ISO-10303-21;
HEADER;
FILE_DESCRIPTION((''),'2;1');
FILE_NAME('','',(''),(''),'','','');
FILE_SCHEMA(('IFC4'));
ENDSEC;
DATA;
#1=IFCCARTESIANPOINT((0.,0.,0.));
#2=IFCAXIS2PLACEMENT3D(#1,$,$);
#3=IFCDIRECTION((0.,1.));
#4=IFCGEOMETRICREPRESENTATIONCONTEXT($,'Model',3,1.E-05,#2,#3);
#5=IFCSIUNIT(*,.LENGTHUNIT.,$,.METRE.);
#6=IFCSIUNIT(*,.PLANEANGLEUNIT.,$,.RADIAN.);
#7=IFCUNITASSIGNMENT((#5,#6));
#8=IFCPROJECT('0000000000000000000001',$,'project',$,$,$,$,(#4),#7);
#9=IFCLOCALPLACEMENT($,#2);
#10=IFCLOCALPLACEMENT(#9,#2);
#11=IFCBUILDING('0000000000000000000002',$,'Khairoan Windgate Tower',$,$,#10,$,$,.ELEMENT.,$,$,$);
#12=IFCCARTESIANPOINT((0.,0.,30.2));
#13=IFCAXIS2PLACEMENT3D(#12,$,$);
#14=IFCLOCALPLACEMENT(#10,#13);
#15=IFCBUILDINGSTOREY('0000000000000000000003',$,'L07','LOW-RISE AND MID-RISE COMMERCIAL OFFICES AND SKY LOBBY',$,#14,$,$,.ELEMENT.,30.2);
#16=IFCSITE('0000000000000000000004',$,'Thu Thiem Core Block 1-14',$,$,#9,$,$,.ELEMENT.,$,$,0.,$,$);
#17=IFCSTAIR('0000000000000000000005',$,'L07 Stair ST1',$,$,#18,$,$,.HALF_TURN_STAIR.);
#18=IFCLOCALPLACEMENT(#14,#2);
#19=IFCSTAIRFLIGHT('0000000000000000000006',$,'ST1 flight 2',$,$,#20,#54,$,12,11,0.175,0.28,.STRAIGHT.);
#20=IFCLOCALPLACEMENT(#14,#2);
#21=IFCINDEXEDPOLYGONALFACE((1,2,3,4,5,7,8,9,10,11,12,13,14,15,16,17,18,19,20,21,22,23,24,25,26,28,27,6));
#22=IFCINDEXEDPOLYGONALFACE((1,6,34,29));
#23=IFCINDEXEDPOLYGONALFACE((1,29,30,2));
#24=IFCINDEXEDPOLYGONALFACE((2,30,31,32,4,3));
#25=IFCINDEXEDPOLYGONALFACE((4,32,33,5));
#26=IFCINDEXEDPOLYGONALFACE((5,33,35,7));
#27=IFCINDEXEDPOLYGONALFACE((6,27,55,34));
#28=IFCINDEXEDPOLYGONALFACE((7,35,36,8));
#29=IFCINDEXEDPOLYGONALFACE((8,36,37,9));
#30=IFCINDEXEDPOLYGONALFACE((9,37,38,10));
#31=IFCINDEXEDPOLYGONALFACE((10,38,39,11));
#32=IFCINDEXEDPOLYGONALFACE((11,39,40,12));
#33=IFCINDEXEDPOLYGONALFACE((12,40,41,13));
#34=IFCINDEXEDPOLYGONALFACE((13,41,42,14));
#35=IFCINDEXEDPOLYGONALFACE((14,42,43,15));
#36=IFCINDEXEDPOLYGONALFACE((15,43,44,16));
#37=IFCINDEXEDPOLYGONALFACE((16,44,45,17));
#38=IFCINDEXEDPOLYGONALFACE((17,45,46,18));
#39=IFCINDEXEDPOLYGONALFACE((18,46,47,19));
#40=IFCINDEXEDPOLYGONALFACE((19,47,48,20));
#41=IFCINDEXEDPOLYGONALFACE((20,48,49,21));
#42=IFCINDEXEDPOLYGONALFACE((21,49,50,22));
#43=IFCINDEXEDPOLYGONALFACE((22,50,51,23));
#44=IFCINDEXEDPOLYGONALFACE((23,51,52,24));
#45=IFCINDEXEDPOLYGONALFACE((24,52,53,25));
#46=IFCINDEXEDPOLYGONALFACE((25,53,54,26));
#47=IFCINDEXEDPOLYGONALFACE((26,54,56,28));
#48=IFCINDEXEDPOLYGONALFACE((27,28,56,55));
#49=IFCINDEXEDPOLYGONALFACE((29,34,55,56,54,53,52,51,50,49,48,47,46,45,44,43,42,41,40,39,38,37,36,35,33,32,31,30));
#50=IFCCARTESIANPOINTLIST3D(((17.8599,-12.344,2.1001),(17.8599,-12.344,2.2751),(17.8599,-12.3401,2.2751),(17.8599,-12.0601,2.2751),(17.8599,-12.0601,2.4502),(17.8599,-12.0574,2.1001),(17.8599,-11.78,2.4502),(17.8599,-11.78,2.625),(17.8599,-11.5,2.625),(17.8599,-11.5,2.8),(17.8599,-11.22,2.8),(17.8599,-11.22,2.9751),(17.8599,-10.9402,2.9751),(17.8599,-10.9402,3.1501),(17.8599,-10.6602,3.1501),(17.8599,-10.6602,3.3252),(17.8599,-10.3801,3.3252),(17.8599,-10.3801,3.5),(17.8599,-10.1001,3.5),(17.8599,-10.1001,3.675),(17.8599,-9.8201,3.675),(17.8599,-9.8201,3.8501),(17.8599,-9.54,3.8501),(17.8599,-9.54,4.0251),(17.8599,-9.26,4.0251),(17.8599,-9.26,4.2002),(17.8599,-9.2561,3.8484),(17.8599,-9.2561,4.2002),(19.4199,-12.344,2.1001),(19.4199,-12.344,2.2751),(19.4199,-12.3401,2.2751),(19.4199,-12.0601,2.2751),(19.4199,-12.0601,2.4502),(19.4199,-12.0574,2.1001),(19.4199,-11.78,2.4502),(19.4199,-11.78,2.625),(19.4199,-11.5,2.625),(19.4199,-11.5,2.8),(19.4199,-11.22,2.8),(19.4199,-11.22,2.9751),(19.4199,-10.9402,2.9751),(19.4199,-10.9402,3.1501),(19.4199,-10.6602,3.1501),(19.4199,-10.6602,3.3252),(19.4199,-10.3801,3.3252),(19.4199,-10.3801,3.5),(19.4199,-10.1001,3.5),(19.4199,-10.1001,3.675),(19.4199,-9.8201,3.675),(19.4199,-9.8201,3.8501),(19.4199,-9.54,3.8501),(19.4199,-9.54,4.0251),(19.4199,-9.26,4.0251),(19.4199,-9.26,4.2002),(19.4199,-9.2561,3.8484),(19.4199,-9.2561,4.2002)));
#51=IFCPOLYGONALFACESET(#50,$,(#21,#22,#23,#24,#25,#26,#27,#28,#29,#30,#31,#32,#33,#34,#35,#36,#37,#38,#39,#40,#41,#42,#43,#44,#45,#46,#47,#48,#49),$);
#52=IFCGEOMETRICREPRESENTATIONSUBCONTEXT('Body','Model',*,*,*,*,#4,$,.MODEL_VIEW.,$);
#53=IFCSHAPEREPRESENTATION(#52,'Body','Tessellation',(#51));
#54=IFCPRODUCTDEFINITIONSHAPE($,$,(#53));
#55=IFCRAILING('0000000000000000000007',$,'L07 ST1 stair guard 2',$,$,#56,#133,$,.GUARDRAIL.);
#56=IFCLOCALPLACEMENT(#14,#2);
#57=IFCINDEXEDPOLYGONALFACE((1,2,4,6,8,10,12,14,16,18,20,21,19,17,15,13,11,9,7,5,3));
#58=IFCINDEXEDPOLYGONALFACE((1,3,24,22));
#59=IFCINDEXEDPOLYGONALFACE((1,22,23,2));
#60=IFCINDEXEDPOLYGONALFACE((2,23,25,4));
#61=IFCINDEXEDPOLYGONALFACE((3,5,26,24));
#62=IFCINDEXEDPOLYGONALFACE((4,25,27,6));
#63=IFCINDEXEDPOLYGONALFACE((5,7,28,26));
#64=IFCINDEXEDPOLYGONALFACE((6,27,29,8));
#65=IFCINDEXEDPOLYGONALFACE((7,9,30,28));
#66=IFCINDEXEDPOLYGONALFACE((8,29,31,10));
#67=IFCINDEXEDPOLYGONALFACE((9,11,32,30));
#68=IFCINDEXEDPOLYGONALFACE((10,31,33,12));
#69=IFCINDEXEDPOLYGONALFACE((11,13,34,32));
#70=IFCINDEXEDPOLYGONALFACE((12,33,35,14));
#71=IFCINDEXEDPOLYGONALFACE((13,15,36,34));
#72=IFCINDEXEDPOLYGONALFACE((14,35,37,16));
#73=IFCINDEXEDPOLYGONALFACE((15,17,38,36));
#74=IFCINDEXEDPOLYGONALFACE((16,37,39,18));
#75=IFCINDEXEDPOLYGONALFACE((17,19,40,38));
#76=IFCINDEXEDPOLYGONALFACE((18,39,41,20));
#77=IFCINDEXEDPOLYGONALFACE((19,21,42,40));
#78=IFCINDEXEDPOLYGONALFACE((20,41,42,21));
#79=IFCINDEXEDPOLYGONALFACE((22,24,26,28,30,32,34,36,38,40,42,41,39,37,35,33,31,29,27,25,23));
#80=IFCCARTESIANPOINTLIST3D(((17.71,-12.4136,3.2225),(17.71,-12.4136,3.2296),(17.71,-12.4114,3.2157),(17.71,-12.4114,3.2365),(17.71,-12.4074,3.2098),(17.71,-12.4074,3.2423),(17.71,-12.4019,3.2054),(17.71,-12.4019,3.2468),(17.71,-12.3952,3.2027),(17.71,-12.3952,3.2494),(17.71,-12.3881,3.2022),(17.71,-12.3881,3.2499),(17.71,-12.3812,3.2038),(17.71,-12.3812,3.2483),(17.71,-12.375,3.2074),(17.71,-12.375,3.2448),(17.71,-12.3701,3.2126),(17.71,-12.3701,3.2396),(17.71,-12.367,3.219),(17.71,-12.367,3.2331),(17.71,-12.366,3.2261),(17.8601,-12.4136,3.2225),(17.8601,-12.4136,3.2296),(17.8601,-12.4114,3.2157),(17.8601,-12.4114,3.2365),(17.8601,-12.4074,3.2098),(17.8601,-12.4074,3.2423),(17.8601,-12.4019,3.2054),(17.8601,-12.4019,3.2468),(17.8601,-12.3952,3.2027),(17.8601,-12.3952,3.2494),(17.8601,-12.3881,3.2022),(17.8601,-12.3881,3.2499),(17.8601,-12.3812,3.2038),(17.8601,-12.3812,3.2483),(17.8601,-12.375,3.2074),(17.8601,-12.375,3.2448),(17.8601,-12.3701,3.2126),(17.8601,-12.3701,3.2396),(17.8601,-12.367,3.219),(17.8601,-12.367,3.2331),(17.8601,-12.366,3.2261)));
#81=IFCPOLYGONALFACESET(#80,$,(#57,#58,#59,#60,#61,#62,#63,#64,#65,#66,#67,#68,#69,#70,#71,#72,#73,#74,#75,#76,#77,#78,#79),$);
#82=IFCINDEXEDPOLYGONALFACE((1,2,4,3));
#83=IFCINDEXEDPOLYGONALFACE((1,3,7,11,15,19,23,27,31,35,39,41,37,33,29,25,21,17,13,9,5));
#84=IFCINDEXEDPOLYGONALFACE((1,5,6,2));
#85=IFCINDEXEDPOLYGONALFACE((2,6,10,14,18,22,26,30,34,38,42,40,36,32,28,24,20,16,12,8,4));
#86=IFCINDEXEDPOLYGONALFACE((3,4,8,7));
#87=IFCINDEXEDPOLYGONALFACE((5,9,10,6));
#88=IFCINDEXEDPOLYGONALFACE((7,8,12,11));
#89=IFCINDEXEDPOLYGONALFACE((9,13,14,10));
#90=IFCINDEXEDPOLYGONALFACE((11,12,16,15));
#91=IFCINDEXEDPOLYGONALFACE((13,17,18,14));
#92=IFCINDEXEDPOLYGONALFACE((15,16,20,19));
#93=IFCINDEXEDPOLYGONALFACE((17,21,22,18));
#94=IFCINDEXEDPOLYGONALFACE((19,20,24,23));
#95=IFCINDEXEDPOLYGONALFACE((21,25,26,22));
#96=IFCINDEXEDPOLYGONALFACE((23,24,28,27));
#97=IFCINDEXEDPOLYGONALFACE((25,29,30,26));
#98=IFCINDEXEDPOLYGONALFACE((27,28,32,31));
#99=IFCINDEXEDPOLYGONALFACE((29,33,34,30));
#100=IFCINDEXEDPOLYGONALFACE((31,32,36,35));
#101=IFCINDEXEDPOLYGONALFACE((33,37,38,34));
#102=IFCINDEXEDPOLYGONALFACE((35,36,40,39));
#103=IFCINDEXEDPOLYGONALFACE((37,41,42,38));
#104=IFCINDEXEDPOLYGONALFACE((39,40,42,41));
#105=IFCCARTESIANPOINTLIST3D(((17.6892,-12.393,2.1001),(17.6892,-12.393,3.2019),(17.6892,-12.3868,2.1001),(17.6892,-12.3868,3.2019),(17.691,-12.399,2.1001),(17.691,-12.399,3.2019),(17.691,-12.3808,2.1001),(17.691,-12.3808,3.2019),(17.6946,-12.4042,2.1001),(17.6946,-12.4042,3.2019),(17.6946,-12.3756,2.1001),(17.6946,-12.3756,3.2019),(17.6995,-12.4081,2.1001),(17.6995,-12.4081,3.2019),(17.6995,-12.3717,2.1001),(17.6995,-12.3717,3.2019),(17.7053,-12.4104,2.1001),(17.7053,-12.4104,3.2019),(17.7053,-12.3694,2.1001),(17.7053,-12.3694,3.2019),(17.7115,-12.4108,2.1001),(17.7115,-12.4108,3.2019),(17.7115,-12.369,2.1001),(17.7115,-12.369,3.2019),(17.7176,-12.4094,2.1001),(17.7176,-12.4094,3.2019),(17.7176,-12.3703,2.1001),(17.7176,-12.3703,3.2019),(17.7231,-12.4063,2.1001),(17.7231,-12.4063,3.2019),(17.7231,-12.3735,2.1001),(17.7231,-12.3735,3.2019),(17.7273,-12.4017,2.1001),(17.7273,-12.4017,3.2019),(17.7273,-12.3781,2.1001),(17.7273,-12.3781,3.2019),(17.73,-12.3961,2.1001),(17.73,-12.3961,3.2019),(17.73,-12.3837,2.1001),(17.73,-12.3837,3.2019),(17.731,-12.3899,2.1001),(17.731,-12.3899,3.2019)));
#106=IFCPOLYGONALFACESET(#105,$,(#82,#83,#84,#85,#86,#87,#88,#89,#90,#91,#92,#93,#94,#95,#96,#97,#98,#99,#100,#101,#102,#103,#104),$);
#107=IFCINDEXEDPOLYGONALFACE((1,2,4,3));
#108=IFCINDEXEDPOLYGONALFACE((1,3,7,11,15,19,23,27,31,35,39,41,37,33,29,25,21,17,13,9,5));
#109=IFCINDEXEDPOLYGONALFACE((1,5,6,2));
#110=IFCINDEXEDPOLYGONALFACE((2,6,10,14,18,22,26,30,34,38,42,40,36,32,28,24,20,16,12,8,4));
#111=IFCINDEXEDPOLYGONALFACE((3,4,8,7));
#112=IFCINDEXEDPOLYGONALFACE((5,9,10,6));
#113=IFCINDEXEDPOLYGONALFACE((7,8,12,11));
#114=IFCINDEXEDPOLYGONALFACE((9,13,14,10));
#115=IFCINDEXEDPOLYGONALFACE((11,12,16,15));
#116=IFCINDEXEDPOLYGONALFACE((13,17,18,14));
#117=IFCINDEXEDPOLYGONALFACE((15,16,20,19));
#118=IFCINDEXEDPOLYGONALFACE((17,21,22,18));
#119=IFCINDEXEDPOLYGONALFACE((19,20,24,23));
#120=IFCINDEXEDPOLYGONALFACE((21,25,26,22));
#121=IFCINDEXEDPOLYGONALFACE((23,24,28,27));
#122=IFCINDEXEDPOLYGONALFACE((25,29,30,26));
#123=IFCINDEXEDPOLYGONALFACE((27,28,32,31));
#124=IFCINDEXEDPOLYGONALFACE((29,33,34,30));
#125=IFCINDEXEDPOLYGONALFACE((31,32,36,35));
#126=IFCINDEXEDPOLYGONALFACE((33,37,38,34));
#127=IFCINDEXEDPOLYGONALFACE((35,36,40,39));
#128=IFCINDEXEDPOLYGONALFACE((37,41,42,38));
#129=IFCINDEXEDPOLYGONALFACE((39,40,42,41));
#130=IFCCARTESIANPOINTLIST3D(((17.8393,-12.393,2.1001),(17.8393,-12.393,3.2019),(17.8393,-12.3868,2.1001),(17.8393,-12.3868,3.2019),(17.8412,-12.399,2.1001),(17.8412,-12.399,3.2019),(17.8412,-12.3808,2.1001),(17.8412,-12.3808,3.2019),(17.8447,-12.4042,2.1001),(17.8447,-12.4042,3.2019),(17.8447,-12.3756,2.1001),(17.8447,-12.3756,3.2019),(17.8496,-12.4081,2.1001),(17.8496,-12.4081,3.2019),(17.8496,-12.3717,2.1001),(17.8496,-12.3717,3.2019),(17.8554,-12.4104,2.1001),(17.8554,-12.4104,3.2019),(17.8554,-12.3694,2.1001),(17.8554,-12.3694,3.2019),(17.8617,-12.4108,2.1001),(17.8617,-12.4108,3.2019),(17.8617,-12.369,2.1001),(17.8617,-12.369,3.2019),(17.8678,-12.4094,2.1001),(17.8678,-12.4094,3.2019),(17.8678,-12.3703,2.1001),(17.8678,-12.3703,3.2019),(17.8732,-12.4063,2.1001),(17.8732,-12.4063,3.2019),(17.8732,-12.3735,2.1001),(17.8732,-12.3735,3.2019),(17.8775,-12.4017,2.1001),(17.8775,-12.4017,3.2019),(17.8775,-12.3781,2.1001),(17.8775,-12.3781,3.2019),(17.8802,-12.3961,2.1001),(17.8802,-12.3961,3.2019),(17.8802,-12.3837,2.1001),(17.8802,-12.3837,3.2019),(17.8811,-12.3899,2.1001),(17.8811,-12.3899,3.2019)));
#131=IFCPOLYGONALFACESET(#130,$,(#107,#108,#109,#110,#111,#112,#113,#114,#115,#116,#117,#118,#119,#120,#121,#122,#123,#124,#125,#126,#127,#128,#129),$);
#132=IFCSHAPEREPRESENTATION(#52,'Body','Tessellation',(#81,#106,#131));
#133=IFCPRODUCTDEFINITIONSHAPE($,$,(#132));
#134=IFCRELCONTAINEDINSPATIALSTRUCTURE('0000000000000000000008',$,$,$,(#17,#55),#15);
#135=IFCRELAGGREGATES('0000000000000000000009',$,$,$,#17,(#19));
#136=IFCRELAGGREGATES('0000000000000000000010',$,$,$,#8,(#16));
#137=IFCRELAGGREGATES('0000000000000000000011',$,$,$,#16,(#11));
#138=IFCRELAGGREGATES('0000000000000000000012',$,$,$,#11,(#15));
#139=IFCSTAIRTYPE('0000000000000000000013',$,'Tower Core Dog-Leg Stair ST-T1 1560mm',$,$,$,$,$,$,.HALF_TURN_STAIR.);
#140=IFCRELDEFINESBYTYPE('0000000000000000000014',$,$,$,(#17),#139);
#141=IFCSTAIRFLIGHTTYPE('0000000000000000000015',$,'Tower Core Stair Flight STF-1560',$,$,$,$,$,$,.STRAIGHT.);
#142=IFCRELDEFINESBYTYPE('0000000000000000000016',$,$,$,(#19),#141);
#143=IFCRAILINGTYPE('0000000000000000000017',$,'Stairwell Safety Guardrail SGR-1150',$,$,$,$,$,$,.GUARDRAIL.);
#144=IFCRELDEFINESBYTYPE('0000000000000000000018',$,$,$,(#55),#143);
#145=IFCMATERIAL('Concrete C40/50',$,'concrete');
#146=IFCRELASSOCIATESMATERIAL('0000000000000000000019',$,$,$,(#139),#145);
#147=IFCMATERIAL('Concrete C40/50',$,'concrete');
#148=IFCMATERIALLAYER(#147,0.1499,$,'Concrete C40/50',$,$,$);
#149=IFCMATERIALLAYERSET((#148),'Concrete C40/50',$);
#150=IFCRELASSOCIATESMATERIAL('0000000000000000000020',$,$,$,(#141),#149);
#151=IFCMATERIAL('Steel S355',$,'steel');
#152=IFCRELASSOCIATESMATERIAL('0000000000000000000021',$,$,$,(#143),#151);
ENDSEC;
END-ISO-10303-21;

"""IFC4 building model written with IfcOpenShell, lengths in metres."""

from ifc_helpers import new_model, si_unit, direction, frame, origin, origin_2d, place, context, subcontext, project, spatial, polyline, circle, outline, extrude, material, layer, layer_set, type_object, element, aggregate, save


model = new_model("IFC4")

# Units and contexts
model_context = context("Model", 3, precision=1e-05, world=origin(), true_north=direction((0.0, 1.0)))
body_context = subcontext(model_context, "Body", "Model", "MODEL_VIEW")
ifc_project = project(units=[si_unit("LENGTHUNIT", "METRE"), si_unit("PLANEANGLEUNIT", "RADIAN")], contexts=[model_context])

# Site, building, storey
site_placement = place(None, origin())
site = spatial("IfcSite", under=ifc_project, at=site_placement, Name="Thu Thiem Core Block 1-14", CompositionType="ELEMENT", RefElevation=0.0)
building_placement = place(site_placement, origin())
building = spatial("IfcBuilding", under=site, at=building_placement, Name="Khairoan Windgate Tower", CompositionType="ELEMENT")
storey_placement = place(building_placement, frame((0.0, 0.0, 30.2)))
storey = spatial("IfcBuildingStorey", under=building, at=storey_placement, Name="L07", Description="LOW-RISE AND MID-RISE COMMERCIAL OFFICES AND SKY LOBBY", CompositionType="ELEMENT", Elevation=30.2)

# Stair, stair flight
ifc_material_1 = material(Name="Concrete C40/50", Category="concrete")
stair_type = type_object("IfcStairType", Name="Tower Core Dog-Leg Stair ST-T1 1560mm", PredefinedType="HALF_TURN_STAIR", material=ifc_material_1)
stair_placement = place(storey_placement, origin())
stair = element("IfcStair", 1, at=stair_placement, inside=storey, type_object=stair_type, Name="L07 Stair ST1", PredefinedType="HALF_TURN_STAIR")
ifc_material_2 = material(Name="Concrete C40/50", Category="concrete")
ifc_layer_1 = layer(ifc_material_2, 0.1499, Name="Concrete C40/50")
ifc_layer_set_1 = layer_set([ifc_layer_1], Name="Concrete C40/50")
stair_flight_type = type_object("IfcStairFlightType", Name="Tower Core Stair Flight STF-1560", PredefinedType="STRAIGHT", material=ifc_layer_set_1)
stair_flight_placement = place(storey_placement, frame((18.6399, -12.3401, 2.1001), z_axis=(0.0, 0.0, 1.0), x_axis=(0.0, 1.0, 0.0)))
stair_flight = element("IfcStairFlight", 2, at=stair_flight_placement, type_object=stair_flight_type, Name="ST1 flight 2", NumberOfRisers=12, NumberOfTreads=11, PredefinedType="STRAIGHT", RiserHeight=0.175, TreadLength=0.28, context=body_context, shape_type="SweptSolid", body=[
    extrude(outline(polyline([(-0.0039, 0.0), (-0.0039, 0.175), (0.0, 0.175), (0.28, 0.175), (0.28, 0.3501), (0.5601, 0.3501), (0.5601, 0.5249), (0.8401, 0.5249), (0.8401, 0.7), (1.1201, 0.7), (1.1201, 0.875), (1.3999, 0.875), (1.3999, 1.05), (1.6799, 1.05), (1.6799, 1.2251), (1.96, 1.2251), (1.96, 1.3999), (2.24, 1.3999), (2.24, 1.575), (2.52, 1.575), (2.52, 1.75), (2.8, 1.75), (2.8, 1.925), (3.0801, 1.925), (3.0801, 2.1001), (3.084, 2.1001), (3.084, 1.7483), (0.2827, 0.0), (-0.0039, 0.0)])), frame((0.0, 0.78, 0.0), z_axis=(0.0, -1.0, 0.0), x_axis=(1.0, 0.0, 0.0)), (0.0, 0.0, 1.0), 1.5601),
])
aggregate(stair, [stair_flight])

# Railing
ifc_material_3 = material(Name="Steel S355", Category="steel")
railing_type = type_object("IfcRailingType", Name="Stairwell Safety Guardrail SGR-1150", PredefinedType="GUARDRAIL", material=ifc_material_3)
railing_1_placement = place(storey_placement, frame((17.71, -12.3899, 2.1001)))
element("IfcRailing", 3, at=railing_1_placement, inside=storey, type_object=railing_type, Name="L07 ST1 stair guard 2", PredefinedType="GUARDRAIL", context=body_context, shape_type="SweptSolid", body=[
    extrude(circle(Radius=0.0239, at=origin_2d()), frame((0.0, 0.0, 1.126), z_axis=(1.0, 0.0, 0.0), x_axis=(0.0, 1.0, 0.0)), (0.0, 0.0, 1.0), 0.1501),
    extrude(circle(Radius=0.021, at=origin_2d()), origin(), (0.0, 0.0, 1.0), 1.1018),
    extrude(circle(Radius=0.021, at=origin_2d()), frame((0.1501, 0.0, 0.0)), (0.0, 0.0, 1.0), 1.1018),
])

save(model, "model.ifc")
